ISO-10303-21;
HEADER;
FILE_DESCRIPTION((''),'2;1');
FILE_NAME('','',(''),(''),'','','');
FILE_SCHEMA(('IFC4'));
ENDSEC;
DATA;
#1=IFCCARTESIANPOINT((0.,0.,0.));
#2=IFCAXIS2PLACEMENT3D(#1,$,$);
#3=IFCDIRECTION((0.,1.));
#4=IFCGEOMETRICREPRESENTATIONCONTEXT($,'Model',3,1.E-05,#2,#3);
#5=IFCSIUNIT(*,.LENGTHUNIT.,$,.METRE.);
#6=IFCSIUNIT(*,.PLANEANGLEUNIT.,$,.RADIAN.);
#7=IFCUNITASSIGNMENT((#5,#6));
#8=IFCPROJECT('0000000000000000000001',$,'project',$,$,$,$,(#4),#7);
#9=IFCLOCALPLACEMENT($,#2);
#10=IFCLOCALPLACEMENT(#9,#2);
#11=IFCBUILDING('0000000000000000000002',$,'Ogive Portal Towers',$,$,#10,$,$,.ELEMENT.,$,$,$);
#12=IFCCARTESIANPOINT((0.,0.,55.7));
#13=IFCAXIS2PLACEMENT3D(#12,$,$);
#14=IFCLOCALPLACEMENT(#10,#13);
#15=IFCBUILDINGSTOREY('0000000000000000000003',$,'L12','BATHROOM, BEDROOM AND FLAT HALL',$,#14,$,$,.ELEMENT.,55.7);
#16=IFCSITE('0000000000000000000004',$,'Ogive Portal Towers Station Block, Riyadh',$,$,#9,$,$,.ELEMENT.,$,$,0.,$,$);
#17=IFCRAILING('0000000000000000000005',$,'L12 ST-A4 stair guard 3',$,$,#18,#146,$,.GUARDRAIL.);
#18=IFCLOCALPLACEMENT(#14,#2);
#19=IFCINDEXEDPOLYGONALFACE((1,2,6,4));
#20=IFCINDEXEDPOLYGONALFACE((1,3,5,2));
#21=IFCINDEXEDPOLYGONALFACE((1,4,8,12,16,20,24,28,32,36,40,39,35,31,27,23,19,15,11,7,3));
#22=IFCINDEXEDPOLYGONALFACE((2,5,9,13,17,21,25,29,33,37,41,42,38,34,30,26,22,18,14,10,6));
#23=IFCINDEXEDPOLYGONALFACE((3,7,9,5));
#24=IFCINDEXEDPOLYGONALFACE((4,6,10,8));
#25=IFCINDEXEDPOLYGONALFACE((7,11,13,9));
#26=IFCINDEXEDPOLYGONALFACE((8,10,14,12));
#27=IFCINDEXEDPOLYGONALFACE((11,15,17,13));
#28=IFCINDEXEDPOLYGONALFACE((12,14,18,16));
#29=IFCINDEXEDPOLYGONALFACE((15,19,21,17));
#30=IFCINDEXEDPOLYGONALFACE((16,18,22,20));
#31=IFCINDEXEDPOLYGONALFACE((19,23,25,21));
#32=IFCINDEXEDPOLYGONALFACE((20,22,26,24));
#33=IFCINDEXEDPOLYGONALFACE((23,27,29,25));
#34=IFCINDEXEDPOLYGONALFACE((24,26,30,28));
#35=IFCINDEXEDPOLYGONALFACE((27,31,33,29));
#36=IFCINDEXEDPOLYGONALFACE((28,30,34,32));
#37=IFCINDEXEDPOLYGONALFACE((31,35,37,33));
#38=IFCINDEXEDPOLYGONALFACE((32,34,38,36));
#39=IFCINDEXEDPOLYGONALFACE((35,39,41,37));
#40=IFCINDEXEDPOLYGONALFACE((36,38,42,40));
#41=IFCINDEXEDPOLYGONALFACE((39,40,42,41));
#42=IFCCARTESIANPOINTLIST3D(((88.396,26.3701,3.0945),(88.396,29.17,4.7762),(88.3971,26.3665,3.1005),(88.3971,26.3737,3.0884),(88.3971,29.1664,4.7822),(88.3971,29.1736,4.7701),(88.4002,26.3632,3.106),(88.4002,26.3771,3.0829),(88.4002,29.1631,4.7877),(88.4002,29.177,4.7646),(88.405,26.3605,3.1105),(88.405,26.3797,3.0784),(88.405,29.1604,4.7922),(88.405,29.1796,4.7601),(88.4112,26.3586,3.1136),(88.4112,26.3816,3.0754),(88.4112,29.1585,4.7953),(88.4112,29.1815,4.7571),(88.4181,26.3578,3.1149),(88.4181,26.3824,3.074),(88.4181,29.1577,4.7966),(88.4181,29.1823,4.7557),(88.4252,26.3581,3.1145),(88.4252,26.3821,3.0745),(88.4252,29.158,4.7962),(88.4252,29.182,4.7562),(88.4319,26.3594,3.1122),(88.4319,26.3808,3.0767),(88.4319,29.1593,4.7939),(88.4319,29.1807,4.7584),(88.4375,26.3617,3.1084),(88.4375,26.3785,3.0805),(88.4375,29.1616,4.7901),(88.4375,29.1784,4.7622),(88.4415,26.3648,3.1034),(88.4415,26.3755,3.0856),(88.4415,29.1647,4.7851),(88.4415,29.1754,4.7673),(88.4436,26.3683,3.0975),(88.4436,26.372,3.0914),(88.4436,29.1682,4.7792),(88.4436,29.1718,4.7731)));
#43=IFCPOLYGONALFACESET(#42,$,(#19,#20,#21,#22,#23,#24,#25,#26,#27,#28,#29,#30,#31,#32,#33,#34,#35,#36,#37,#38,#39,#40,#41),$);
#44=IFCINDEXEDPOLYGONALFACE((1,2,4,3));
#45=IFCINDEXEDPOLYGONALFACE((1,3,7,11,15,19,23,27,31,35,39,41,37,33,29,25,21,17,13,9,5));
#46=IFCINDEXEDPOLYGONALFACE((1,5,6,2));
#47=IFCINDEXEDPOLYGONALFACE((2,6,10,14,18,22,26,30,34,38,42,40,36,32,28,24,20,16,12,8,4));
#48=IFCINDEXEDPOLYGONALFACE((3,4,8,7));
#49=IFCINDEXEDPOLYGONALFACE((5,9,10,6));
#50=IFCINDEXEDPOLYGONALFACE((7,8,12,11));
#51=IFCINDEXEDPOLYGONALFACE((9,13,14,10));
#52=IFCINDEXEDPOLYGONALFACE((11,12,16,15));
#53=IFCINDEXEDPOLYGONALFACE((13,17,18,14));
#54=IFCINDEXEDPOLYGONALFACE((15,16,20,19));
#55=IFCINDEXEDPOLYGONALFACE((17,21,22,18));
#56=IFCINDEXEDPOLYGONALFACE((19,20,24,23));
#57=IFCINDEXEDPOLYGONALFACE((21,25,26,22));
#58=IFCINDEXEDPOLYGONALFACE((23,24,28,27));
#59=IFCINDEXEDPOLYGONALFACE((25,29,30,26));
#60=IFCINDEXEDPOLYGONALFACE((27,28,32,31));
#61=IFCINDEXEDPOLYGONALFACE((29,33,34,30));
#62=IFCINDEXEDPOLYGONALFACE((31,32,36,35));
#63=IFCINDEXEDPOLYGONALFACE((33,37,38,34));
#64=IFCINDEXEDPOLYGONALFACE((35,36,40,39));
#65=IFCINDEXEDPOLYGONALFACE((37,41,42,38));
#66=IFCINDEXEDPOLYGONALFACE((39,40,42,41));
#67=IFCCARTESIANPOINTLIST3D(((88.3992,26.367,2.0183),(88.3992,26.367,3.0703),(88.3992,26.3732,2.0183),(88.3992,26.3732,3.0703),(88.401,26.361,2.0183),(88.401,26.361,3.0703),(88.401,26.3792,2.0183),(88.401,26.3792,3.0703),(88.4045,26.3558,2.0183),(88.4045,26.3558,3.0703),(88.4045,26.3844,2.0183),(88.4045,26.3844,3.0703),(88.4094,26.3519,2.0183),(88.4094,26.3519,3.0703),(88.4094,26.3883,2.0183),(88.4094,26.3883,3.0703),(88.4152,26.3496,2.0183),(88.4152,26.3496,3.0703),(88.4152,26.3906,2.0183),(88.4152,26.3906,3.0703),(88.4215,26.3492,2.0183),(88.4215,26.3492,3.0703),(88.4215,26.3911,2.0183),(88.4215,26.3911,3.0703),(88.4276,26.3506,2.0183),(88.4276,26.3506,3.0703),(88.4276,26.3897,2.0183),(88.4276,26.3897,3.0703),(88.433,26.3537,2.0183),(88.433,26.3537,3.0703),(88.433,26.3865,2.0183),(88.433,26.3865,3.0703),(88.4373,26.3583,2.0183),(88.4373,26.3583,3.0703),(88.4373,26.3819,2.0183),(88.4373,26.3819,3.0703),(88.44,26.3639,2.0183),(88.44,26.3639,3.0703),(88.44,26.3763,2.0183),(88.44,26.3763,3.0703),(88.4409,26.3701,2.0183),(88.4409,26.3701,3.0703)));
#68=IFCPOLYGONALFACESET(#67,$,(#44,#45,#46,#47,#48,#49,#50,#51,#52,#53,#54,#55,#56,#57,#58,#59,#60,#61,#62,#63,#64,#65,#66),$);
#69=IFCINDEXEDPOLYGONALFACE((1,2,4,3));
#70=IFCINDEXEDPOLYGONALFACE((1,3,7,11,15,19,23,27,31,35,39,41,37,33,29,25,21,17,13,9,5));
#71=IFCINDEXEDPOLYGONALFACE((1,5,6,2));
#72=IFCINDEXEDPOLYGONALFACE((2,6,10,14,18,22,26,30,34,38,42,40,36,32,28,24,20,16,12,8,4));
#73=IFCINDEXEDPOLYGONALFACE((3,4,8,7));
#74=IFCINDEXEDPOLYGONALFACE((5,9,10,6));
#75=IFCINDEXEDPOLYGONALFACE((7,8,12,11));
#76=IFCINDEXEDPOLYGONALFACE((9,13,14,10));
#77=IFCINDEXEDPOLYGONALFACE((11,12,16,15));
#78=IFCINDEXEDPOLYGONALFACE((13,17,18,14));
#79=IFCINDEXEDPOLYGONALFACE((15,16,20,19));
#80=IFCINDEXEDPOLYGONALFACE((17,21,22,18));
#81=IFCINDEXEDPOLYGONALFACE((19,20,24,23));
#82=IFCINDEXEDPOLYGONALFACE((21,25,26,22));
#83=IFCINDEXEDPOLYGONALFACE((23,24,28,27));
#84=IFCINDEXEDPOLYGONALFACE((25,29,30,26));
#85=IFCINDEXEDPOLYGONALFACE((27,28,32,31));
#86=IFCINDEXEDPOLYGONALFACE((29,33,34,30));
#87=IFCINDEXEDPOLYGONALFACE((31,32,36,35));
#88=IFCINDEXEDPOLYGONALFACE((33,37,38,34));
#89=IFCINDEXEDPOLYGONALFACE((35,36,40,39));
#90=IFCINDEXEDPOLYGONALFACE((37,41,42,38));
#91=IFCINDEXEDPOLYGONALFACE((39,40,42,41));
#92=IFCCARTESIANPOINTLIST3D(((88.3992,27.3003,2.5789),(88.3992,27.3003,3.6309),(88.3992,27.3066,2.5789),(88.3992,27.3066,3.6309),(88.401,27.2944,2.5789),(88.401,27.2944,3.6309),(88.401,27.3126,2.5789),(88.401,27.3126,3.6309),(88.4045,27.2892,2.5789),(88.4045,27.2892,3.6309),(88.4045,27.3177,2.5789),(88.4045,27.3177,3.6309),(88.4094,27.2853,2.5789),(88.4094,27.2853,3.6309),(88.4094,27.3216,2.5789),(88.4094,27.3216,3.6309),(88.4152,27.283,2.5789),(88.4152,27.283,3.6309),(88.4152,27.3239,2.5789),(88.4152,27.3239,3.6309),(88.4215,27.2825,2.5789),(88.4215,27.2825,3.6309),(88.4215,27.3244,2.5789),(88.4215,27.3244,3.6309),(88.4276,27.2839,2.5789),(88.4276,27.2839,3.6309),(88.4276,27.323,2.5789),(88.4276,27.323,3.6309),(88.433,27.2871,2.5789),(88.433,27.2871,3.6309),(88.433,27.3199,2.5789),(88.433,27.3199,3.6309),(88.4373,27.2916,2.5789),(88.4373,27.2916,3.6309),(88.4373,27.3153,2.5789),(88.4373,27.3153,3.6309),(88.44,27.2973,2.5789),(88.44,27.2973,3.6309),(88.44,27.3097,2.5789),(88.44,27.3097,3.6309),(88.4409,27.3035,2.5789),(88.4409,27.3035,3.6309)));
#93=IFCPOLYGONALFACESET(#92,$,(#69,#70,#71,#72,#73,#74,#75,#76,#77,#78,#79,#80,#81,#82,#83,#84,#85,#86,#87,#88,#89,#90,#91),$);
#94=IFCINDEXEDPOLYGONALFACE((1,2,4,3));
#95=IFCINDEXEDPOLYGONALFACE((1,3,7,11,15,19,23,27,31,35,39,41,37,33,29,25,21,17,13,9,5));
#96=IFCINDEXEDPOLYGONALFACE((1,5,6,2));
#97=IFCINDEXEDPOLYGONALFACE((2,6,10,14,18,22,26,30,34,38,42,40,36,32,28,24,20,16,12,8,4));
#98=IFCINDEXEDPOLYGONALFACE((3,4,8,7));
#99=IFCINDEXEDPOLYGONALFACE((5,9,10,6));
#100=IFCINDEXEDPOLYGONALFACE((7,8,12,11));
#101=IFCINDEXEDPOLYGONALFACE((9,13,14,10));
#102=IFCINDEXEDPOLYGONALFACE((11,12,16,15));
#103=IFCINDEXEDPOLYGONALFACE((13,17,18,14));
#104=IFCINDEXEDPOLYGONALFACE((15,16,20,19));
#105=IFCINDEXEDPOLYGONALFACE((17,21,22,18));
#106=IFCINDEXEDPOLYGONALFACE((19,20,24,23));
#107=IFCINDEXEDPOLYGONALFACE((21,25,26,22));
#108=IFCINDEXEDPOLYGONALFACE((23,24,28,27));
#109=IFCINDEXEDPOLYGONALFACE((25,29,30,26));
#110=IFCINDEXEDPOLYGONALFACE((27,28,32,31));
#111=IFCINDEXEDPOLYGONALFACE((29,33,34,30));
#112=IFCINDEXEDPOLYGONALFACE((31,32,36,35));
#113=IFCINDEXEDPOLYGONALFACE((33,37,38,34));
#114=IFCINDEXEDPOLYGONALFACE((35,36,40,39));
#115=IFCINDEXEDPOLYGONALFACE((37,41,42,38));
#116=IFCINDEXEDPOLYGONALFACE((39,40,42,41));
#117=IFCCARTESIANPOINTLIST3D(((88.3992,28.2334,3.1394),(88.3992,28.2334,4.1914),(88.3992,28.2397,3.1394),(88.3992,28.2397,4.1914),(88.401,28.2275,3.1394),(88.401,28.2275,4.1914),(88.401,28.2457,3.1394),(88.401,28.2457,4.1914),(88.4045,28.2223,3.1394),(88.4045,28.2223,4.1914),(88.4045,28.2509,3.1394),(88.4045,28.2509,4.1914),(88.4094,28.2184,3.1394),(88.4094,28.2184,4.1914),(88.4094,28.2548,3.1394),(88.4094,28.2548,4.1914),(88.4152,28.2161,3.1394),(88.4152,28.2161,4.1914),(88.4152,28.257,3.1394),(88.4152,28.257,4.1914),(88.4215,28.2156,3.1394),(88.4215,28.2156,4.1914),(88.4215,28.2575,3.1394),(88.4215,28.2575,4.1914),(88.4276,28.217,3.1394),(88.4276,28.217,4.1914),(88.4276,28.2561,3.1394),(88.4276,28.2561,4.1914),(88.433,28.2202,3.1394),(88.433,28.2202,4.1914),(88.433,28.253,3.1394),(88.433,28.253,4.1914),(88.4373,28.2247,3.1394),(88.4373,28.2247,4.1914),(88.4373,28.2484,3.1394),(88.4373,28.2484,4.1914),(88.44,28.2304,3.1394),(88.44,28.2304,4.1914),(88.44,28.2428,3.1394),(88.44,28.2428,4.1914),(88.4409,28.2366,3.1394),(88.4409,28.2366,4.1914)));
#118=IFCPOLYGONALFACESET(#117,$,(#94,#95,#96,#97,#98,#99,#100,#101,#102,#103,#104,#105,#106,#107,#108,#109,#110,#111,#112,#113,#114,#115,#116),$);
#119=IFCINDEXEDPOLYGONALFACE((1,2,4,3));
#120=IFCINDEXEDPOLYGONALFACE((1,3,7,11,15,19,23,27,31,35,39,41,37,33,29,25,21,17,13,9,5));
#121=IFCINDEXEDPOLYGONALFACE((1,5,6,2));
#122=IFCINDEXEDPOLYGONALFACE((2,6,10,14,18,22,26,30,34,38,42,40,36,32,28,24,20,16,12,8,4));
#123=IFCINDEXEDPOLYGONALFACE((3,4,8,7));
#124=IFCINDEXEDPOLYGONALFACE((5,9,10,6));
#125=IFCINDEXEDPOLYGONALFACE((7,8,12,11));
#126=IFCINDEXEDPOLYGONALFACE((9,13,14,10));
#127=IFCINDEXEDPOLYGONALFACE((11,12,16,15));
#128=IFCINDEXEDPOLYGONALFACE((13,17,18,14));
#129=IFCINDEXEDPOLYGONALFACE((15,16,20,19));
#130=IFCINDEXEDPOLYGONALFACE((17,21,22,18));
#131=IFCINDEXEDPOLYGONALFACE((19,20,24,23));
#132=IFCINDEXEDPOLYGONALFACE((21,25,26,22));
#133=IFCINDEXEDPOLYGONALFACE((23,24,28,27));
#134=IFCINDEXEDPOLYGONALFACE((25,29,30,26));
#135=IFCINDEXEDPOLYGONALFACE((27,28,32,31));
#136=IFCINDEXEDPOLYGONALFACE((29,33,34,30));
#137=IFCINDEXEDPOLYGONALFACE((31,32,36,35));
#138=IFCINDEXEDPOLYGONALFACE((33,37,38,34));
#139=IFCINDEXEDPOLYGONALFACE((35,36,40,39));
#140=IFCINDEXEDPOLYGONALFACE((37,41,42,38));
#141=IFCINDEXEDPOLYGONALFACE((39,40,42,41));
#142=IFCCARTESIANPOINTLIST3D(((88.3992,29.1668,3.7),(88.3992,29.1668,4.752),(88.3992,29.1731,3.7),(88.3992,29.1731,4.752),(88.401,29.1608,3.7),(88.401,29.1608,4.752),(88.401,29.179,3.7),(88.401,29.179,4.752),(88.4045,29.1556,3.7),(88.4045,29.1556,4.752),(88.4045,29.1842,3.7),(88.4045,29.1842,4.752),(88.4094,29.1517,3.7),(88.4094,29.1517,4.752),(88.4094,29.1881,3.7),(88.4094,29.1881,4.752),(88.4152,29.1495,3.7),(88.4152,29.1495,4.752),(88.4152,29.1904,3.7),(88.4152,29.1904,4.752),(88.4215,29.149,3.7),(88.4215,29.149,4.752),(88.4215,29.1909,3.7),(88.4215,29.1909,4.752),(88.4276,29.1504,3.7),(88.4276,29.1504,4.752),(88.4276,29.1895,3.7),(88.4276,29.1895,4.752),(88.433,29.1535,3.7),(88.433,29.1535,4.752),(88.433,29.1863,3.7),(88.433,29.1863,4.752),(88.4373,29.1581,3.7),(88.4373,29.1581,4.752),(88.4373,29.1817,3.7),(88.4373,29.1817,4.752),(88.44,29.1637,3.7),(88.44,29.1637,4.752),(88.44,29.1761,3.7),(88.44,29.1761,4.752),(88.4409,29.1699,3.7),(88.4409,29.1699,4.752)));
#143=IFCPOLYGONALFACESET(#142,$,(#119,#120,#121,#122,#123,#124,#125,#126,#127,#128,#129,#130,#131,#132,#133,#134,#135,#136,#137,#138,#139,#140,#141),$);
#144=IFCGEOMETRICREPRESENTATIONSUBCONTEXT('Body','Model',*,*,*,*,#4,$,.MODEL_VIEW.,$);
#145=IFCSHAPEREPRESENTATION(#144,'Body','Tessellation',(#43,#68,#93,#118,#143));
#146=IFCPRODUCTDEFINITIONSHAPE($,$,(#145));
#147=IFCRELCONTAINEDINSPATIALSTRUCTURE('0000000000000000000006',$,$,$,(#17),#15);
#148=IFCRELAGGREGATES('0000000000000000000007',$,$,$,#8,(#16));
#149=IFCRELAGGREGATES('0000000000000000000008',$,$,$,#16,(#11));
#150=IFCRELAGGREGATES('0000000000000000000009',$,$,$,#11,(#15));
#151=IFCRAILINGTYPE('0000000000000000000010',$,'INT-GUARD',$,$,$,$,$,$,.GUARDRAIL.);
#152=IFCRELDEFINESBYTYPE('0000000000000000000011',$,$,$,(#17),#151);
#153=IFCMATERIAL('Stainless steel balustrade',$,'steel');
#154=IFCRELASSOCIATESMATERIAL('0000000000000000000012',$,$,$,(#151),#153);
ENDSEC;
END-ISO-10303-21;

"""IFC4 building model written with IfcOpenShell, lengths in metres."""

from ifc_helpers import new_model, si_unit, direction, frame, origin, origin_2d, place, context, subcontext, project, spatial, circle, extrude, material, type_object, element, save


model = new_model("IFC4")

# Units and contexts
model_context = context("Model", 3, precision=1e-05, world=origin(), true_north=direction((0.0, 1.0)))
body_context = subcontext(model_context, "Body", "Model", "MODEL_VIEW")
ifc_project = project(units=[si_unit("LENGTHUNIT", "METRE"), si_unit("PLANEANGLEUNIT", "RADIAN")], contexts=[model_context])

# Site, building, storey
site_placement = place(None, origin())
site = spatial("IfcSite", under=ifc_project, at=site_placement, Name="Ogive Portal Towers Station Block, Riyadh", CompositionType="ELEMENT", RefElevation=0.0)
building_placement = place(site_placement, origin())
building = spatial("IfcBuilding", under=site, at=building_placement, Name="Ogive Portal Towers", CompositionType="ELEMENT")
storey_placement = place(building_placement, frame((0.0, 0.0, 55.7)))
storey = spatial("IfcBuildingStorey", under=building, at=storey_placement, Name="L12", Description="BATHROOM, BEDROOM AND FLAT HALL", CompositionType="ELEMENT", Elevation=55.7)

# Railing
ifc_material_1 = material(Name="Stainless steel balustrade", Category="steel")
railing_type_1 = type_object("IfcRailingType", Name="INT-GUARD", PredefinedType="GUARDRAIL", material=ifc_material_1)
railing_1_placement = place(storey_placement, frame((88.4199, 26.3701, 2.0183)))
element("IfcRailing", 1, at=railing_1_placement, inside=storey, type_object=railing_type_1, Name="L12 ST-A4 stair guard 3", PredefinedType="GUARDRAIL", context=body_context, shape_type="SweptSolid", body=[
    extrude(circle(Radius=0.0239, at=origin_2d()), frame((0.0, 0.0, 1.0762), z_axis=(0.0, 0.857255, 0.514891), x_axis=(-1.0, 0.0, 0.0)), (0.0, 0.0, 1.0), 3.2661),
    extrude(circle(Radius=0.021, at=origin_2d()), origin(), (0.0, 0.0, 1.0), 1.052),
    extrude(circle(Radius=0.021, at=origin_2d()), frame((0.0, 0.9333, 0.5605)), (0.0, 0.0, 1.0), 1.052),
    extrude(circle(Radius=0.021, at=origin_2d()), frame((0.0, 1.8665, 1.1211)), (0.0, 0.0, 1.0), 1.052),
    extrude(circle(Radius=0.021, at=origin_2d()), frame((0.0, 2.7998, 1.6816)), (0.0, 0.0, 1.0), 1.052),
])

save(model, "model.ifc")
